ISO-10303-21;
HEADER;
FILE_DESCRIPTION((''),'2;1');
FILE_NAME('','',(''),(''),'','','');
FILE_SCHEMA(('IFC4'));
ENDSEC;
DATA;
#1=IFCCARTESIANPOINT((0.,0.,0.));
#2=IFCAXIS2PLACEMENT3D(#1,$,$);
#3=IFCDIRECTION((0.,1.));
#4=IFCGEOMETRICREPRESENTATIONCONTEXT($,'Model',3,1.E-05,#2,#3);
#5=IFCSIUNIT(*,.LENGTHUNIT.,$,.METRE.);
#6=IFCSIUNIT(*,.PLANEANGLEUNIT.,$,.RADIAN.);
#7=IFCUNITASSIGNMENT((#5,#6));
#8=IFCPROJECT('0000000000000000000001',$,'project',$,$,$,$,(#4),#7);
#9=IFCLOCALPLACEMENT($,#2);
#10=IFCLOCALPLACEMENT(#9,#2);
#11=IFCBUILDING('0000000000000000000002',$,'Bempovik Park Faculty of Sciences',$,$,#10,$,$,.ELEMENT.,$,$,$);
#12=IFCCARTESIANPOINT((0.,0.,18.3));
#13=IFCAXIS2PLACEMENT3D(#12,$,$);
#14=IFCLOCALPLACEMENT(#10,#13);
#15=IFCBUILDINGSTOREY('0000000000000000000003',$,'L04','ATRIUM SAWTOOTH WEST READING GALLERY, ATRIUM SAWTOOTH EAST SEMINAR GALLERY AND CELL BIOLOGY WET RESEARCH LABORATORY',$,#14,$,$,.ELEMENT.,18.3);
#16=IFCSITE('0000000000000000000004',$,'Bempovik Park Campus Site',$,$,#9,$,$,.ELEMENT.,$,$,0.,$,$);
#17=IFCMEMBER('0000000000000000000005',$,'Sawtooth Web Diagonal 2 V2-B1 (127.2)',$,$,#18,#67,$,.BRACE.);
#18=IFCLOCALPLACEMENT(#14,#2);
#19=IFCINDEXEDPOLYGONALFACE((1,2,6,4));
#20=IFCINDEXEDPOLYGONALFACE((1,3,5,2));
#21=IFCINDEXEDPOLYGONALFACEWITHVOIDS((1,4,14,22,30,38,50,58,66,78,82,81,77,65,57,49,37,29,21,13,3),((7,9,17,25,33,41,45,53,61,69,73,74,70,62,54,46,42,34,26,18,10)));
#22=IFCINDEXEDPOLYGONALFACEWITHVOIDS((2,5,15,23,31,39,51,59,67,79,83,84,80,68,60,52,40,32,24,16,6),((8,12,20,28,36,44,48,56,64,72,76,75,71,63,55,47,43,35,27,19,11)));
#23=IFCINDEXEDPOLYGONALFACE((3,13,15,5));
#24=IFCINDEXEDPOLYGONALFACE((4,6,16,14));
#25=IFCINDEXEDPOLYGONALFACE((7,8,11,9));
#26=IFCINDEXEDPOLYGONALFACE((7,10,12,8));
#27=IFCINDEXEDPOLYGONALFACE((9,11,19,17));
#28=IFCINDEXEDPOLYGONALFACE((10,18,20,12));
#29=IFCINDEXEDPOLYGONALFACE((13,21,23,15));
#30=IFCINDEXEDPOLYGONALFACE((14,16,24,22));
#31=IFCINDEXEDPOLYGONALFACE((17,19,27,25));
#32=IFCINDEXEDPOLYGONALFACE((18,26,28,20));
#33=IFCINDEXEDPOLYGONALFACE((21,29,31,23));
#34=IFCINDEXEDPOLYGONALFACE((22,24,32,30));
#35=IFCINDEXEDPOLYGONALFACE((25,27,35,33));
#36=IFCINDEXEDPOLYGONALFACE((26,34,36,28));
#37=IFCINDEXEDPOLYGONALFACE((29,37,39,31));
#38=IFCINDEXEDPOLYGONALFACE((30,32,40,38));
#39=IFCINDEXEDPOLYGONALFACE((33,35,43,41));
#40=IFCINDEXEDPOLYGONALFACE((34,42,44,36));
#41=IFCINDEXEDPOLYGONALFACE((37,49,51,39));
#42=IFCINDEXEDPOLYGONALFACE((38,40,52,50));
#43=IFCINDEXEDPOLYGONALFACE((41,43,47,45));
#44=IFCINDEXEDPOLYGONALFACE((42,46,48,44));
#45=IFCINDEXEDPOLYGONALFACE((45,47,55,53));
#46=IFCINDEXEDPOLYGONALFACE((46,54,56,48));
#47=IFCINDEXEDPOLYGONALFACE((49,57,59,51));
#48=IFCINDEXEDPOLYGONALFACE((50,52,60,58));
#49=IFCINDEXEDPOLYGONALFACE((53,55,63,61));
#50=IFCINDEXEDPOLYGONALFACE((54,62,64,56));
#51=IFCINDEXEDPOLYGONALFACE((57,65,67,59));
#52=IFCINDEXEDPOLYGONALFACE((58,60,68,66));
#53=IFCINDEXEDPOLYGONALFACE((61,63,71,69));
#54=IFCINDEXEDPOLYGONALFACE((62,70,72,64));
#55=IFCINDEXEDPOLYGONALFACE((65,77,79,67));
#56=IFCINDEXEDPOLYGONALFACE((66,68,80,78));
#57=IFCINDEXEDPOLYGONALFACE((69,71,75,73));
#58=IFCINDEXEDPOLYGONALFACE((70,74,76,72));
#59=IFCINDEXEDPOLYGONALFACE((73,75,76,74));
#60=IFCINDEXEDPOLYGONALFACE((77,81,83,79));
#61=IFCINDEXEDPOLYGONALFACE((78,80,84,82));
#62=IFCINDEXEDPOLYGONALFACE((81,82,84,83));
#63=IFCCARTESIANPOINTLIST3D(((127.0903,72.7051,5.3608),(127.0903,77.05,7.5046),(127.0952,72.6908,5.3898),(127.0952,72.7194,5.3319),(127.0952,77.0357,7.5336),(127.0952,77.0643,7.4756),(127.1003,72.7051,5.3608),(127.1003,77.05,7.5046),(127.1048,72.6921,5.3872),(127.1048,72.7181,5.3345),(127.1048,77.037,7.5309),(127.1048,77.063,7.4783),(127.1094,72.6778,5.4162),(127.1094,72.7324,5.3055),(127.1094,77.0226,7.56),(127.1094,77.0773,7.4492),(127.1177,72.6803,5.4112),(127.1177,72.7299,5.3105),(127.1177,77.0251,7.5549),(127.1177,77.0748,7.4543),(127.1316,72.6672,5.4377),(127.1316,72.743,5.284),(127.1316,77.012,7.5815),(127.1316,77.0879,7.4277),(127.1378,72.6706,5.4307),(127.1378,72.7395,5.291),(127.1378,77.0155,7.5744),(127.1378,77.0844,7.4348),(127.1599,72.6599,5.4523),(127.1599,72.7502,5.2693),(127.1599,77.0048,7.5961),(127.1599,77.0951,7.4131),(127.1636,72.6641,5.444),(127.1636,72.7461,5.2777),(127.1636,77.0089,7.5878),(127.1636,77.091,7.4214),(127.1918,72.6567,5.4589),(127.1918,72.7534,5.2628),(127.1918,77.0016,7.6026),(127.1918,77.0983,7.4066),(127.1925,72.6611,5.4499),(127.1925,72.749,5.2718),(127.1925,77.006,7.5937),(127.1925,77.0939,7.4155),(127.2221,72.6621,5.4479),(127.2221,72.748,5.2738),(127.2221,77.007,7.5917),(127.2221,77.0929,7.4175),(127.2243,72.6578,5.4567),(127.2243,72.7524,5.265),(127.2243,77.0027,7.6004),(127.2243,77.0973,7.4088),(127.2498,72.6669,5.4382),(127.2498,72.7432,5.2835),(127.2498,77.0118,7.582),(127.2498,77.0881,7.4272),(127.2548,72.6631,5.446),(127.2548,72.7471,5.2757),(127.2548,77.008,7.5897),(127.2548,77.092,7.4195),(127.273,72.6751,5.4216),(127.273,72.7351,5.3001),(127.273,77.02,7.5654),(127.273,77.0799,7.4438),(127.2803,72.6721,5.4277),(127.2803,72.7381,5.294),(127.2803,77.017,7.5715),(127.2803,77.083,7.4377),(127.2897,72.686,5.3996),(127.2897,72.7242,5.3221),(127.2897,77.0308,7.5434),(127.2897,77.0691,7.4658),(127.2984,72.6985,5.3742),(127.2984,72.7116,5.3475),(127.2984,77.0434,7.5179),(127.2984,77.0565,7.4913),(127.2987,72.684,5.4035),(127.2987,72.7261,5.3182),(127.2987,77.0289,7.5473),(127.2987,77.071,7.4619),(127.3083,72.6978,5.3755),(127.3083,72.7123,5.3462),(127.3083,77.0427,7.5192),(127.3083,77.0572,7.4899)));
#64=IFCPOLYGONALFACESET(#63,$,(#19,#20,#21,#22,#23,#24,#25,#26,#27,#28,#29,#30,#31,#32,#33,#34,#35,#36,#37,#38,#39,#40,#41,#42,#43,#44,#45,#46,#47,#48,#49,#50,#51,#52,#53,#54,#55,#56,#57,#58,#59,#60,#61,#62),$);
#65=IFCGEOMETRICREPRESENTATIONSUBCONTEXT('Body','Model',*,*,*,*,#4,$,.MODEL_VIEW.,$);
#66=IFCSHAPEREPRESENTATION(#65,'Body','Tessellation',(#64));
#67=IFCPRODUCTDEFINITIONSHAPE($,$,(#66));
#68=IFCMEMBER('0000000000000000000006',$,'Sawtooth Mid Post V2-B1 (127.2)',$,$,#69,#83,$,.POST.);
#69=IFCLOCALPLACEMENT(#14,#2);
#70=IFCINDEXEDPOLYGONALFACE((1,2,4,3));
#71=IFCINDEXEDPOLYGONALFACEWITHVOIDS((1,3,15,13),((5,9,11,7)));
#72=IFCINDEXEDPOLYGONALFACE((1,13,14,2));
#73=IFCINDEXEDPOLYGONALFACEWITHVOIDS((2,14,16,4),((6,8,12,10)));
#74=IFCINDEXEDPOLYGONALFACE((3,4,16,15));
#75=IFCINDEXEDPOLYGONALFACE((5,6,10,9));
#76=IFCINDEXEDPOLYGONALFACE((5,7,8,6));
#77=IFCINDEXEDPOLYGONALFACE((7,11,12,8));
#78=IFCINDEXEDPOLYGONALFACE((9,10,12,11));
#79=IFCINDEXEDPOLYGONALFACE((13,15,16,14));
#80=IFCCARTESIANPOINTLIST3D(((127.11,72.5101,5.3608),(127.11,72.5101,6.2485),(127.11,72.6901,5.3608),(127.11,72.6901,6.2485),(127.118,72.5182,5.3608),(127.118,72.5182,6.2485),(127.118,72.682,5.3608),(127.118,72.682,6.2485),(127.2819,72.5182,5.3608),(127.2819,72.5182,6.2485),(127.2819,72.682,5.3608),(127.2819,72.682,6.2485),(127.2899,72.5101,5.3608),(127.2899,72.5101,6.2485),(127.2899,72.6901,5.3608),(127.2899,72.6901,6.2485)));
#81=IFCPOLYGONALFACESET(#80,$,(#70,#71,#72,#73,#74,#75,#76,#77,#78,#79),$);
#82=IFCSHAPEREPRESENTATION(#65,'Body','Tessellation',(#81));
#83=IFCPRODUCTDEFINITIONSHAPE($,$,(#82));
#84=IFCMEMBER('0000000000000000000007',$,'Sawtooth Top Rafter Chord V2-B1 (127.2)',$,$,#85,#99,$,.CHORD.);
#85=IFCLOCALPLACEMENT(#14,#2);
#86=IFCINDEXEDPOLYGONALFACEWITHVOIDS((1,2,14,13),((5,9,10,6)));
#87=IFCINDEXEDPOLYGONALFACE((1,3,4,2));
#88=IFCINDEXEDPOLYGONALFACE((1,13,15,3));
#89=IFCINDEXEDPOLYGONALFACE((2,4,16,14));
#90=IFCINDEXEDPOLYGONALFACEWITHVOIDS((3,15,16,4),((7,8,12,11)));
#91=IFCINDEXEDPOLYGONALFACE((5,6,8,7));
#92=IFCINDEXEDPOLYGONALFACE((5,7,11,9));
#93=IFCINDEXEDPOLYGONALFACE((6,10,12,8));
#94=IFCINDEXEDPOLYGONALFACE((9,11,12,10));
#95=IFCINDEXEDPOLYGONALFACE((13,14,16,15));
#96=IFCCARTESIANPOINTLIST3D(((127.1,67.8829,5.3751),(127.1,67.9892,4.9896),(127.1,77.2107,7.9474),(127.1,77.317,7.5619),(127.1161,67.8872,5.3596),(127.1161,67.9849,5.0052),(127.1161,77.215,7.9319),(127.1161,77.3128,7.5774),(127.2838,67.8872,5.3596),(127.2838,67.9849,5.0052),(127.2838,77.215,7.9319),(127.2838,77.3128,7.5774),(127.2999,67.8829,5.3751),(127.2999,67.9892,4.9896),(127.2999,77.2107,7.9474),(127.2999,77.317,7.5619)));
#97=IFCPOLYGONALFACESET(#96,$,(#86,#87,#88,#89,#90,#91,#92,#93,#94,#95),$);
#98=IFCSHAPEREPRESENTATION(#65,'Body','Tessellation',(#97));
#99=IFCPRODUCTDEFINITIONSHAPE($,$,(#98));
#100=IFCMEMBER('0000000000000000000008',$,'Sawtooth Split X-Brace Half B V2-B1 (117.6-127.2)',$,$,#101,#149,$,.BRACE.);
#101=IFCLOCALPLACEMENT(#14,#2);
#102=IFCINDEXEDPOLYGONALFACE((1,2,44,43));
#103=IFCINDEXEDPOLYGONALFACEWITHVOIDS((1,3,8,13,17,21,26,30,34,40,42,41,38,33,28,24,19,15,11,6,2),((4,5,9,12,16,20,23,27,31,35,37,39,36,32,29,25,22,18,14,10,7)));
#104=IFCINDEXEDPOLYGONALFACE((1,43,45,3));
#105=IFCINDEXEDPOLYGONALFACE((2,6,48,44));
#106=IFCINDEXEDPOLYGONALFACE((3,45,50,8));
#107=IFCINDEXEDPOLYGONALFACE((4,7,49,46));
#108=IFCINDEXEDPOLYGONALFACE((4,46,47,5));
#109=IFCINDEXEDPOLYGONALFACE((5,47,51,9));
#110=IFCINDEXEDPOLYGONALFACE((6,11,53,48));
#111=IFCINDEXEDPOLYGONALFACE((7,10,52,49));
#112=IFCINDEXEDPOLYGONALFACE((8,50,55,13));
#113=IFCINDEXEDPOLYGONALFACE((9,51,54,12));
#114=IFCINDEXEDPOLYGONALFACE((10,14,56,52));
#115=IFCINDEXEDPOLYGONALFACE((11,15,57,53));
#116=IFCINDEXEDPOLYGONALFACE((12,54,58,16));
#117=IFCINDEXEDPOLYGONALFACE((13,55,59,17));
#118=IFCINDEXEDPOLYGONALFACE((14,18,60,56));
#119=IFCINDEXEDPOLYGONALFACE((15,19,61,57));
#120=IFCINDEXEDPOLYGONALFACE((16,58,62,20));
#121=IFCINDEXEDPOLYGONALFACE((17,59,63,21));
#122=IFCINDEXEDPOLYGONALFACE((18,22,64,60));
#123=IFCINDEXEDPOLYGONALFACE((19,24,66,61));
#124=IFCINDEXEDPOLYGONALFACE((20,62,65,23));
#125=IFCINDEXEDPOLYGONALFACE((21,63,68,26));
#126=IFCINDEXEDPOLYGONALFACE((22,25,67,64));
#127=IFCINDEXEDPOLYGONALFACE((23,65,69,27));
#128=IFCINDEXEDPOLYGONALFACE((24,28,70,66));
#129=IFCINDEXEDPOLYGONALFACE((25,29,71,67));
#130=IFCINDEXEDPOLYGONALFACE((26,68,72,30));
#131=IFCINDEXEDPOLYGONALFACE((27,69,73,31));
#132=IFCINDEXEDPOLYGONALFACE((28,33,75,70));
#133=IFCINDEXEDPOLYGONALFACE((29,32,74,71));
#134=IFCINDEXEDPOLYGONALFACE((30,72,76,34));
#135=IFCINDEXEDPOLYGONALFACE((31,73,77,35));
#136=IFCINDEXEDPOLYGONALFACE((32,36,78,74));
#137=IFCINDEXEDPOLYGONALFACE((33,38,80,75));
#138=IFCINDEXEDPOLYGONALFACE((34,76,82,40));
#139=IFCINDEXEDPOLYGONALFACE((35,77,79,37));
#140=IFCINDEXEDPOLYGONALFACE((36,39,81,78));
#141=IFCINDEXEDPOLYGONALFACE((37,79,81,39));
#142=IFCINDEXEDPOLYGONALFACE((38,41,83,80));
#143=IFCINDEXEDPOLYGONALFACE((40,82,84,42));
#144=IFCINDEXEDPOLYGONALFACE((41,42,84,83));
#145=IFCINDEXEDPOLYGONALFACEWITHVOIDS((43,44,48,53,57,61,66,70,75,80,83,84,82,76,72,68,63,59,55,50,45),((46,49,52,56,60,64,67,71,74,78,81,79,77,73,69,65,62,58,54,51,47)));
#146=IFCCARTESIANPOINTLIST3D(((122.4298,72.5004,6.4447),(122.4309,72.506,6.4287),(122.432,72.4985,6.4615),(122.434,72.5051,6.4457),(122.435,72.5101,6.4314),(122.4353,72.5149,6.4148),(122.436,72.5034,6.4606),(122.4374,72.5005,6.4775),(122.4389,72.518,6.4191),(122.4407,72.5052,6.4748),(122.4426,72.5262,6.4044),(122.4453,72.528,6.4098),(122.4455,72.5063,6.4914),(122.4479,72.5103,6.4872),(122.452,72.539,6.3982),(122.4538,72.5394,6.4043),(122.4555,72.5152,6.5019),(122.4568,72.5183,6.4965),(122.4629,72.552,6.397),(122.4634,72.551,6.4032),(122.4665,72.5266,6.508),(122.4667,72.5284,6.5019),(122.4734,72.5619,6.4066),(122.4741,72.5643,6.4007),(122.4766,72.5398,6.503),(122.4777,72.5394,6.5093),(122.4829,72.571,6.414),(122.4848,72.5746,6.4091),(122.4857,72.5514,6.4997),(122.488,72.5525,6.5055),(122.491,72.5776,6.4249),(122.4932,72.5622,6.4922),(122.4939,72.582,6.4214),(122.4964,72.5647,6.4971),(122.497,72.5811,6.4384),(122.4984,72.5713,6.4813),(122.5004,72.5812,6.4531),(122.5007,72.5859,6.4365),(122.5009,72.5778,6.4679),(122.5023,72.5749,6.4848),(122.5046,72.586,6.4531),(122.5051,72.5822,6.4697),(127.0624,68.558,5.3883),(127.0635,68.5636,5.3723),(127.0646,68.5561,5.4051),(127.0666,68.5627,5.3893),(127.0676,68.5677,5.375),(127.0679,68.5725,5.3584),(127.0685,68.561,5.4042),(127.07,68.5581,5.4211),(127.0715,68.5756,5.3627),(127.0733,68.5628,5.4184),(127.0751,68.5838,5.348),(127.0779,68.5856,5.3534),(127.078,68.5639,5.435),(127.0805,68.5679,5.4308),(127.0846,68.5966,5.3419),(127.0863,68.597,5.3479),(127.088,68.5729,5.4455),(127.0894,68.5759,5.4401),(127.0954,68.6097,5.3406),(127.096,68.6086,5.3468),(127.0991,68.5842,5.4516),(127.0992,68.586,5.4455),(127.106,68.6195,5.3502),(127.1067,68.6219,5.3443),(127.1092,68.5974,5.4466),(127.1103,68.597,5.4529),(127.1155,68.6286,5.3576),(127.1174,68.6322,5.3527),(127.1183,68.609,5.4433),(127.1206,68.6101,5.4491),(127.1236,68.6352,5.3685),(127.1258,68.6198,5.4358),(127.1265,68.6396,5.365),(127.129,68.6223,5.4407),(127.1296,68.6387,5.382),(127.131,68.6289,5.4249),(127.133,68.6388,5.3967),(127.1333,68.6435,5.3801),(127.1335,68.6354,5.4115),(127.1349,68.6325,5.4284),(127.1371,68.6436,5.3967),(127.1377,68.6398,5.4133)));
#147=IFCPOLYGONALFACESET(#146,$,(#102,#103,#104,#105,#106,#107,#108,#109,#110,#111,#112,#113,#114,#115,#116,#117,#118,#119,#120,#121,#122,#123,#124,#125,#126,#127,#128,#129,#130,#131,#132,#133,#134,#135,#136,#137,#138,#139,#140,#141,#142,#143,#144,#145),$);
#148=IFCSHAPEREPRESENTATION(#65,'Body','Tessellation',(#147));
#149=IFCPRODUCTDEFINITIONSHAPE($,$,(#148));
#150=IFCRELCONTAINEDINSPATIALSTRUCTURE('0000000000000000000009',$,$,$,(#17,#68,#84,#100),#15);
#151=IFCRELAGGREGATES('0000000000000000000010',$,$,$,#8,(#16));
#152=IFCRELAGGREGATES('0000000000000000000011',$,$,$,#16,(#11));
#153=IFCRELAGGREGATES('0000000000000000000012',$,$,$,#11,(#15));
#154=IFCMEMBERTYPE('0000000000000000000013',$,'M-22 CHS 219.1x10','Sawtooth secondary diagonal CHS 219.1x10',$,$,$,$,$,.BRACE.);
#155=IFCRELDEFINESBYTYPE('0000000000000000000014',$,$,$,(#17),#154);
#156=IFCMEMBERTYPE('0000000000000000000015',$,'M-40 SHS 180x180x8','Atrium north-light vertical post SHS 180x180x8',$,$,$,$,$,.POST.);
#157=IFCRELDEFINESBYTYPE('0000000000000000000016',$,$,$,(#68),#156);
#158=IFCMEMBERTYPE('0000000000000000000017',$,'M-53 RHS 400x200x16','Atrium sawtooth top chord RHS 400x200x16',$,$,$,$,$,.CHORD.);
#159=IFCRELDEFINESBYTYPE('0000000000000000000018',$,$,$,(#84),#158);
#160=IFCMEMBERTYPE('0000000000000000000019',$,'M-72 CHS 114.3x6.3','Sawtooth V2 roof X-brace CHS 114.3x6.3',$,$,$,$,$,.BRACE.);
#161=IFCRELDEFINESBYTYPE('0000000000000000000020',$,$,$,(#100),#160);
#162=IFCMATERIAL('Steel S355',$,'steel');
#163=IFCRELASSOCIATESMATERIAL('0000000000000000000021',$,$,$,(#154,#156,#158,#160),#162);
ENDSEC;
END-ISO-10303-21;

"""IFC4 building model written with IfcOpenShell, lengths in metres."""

from ifc_helpers import new_model, si_unit, direction, frame, origin, origin_2d, place, context, subcontext, project, spatial, hollow_rectangle, hollow_circle, extrude, material, material_profile, profile_set, type_object, element, save


model = new_model("IFC4")

# Units and contexts
model_context = context("Model", 3, precision=1e-05, world=origin(), true_north=direction((0.0, 1.0)))
body_context = subcontext(model_context, "Body", "Model", "MODEL_VIEW")
ifc_project = project(units=[si_unit("LENGTHUNIT", "METRE"), si_unit("PLANEANGLEUNIT", "RADIAN")], contexts=[model_context])

# Site, building, storey
site_placement = place(None, origin())
site = spatial("IfcSite", under=ifc_project, at=site_placement, Name="Bempovik Park Campus Site", CompositionType="ELEMENT", RefElevation=0.0)
building_placement = place(site_placement, origin())
building = spatial("IfcBuilding", under=site, at=building_placement, Name="Bempovik Park Faculty of Sciences", CompositionType="ELEMENT")
storey_placement = place(building_placement, frame((0.0, 0.0, 18.3)))
storey = spatial("IfcBuildingStorey", under=building, at=storey_placement, Name="L04", Description="ATRIUM SAWTOOTH WEST READING GALLERY, ATRIUM SAWTOOTH EAST SEMINAR GALLERY AND CELL BIOLOGY WET RESEARCH LABORATORY", CompositionType="ELEMENT", Elevation=18.3)

# Members
ifc_material_1 = material(Name="Steel S355", Category="steel")
ifc_material_profile_1 = material_profile(ifc_material_1, hollow_circle(Radius=0.1096, WallThickness=0.01, at=origin_2d()), Name="CHS 219.1x10")
ifc_profile_set_1 = profile_set([ifc_material_profile_1], Name="Steel S355")
member_type_1 = type_object("IfcMemberType", Name="M-22 CHS 219.1x10", Description="Sawtooth secondary diagonal CHS 219.1x10", PredefinedType="BRACE", material=ifc_profile_set_1)
member_1_placement = place(storey_placement, frame((127.2, 72.7051, 5.3608), z_axis=(0.0, 0.896783, 0.442471), x_axis=(-1.0, 0.0, 0.0)))
element("IfcMember", 1, at=member_1_placement, inside=storey, type_object=member_type_1, Name="Sawtooth Web Diagonal 2 V2-B1 (127.2)", PredefinedType="BRACE", context=body_context, shape_type="SweptSolid", body=[
    extrude(hollow_circle(Radius=0.1096, WallThickness=0.01, at=origin_2d()), origin(), (0.0, 0.0, 1.0), 4.845),
])
ifc_material_profile_2 = material_profile(ifc_material_1, hollow_rectangle(XDim=0.1799, YDim=0.1799, WallThickness=0.0081, at=origin_2d()), Name="SHS 180x180x8")
ifc_profile_set_2 = profile_set([ifc_material_profile_2], Name="Steel S355")
member_type_2 = type_object("IfcMemberType", Name="M-40 SHS 180x180x8", Description="Atrium north-light vertical post SHS 180x180x8", PredefinedType="POST", material=ifc_profile_set_2)
member_2_placement = place(storey_placement, frame((127.2, 72.6001, 5.3608), z_axis=(0.0, 0.0, 1.0), x_axis=(1.0, 0.0, 0.0)))
element("IfcMember", 2, at=member_2_placement, inside=storey, type_object=member_type_2, Name="Sawtooth Mid Post V2-B1 (127.2)", PredefinedType="POST", context=body_context, shape_type="SweptSolid", body=[
    extrude(hollow_rectangle(XDim=0.1799, YDim=0.1799, WallThickness=0.0081, at=origin_2d()), origin(), (0.0, 0.0, 1.0), 0.8877),
])
ifc_material_profile_3 = material_profile(ifc_material_1, hollow_rectangle(XDim=0.2, YDim=0.3999, WallThickness=0.0161, at=origin_2d()), Name="RHS 400x200x16")
ifc_profile_set_3 = profile_set([ifc_material_profile_3], Name="Steel S355")
member_type_3 = type_object("IfcMemberType", Name="M-53 RHS 400x200x16", Description="Atrium sawtooth top chord RHS 400x200x16", PredefinedType="CHORD", material=ifc_profile_set_3)
member_3_placement = place(storey_placement, frame((127.2, 67.936, 5.1824), z_axis=(0.0, 0.964018, 0.265838), x_axis=(-1.0, 0.0, 0.0)))
element("IfcMember", 3, at=member_3_placement, inside=storey, type_object=member_type_3, Name="Sawtooth Top Rafter Chord V2-B1 (127.2)", PredefinedType="CHORD", context=body_context, shape_type="SweptSolid", body=[
    extrude(hollow_rectangle(XDim=0.2, YDim=0.3999, WallThickness=0.0161, at=origin_2d()), origin(), (0.0, 0.0, 1.0), 9.676),
])
ifc_material_profile_4 = material_profile(ifc_material_1, hollow_circle(Radius=0.0571, WallThickness=0.0063, at=origin_2d()), Name="CHS 114.3x6.3")
ifc_profile_set_4 = profile_set([ifc_material_profile_4], Name="Steel S355")
member_type_4 = type_object("IfcMemberType", Name="M-72 CHS 114.3x6.3", Description="Sawtooth V2 roof X-brace CHS 114.3x6.3", PredefinedType="BRACE", material=ifc_profile_set_4)
member_4_placement = place(storey_placement, frame((122.4675, 72.5425, 6.4531), z_axis=(0.750327, -0.63854, -0.171102), x_axis=(0.648097, 0.761558, 0.0)))
element("IfcMember", 4, at=member_4_placement, inside=storey, type_object=member_type_4, Name="Sawtooth Split X-Brace Half B V2-B1 (117.6-127.2)", PredefinedType="BRACE", context=body_context, shape_type="SweptSolid", body=[
    extrude(hollow_circle(Radius=0.0571, WallThickness=0.0063, at=origin_2d()), origin(), (0.0, 0.0, 1.0), 6.1741),
])

save(model, "model.ifc")
